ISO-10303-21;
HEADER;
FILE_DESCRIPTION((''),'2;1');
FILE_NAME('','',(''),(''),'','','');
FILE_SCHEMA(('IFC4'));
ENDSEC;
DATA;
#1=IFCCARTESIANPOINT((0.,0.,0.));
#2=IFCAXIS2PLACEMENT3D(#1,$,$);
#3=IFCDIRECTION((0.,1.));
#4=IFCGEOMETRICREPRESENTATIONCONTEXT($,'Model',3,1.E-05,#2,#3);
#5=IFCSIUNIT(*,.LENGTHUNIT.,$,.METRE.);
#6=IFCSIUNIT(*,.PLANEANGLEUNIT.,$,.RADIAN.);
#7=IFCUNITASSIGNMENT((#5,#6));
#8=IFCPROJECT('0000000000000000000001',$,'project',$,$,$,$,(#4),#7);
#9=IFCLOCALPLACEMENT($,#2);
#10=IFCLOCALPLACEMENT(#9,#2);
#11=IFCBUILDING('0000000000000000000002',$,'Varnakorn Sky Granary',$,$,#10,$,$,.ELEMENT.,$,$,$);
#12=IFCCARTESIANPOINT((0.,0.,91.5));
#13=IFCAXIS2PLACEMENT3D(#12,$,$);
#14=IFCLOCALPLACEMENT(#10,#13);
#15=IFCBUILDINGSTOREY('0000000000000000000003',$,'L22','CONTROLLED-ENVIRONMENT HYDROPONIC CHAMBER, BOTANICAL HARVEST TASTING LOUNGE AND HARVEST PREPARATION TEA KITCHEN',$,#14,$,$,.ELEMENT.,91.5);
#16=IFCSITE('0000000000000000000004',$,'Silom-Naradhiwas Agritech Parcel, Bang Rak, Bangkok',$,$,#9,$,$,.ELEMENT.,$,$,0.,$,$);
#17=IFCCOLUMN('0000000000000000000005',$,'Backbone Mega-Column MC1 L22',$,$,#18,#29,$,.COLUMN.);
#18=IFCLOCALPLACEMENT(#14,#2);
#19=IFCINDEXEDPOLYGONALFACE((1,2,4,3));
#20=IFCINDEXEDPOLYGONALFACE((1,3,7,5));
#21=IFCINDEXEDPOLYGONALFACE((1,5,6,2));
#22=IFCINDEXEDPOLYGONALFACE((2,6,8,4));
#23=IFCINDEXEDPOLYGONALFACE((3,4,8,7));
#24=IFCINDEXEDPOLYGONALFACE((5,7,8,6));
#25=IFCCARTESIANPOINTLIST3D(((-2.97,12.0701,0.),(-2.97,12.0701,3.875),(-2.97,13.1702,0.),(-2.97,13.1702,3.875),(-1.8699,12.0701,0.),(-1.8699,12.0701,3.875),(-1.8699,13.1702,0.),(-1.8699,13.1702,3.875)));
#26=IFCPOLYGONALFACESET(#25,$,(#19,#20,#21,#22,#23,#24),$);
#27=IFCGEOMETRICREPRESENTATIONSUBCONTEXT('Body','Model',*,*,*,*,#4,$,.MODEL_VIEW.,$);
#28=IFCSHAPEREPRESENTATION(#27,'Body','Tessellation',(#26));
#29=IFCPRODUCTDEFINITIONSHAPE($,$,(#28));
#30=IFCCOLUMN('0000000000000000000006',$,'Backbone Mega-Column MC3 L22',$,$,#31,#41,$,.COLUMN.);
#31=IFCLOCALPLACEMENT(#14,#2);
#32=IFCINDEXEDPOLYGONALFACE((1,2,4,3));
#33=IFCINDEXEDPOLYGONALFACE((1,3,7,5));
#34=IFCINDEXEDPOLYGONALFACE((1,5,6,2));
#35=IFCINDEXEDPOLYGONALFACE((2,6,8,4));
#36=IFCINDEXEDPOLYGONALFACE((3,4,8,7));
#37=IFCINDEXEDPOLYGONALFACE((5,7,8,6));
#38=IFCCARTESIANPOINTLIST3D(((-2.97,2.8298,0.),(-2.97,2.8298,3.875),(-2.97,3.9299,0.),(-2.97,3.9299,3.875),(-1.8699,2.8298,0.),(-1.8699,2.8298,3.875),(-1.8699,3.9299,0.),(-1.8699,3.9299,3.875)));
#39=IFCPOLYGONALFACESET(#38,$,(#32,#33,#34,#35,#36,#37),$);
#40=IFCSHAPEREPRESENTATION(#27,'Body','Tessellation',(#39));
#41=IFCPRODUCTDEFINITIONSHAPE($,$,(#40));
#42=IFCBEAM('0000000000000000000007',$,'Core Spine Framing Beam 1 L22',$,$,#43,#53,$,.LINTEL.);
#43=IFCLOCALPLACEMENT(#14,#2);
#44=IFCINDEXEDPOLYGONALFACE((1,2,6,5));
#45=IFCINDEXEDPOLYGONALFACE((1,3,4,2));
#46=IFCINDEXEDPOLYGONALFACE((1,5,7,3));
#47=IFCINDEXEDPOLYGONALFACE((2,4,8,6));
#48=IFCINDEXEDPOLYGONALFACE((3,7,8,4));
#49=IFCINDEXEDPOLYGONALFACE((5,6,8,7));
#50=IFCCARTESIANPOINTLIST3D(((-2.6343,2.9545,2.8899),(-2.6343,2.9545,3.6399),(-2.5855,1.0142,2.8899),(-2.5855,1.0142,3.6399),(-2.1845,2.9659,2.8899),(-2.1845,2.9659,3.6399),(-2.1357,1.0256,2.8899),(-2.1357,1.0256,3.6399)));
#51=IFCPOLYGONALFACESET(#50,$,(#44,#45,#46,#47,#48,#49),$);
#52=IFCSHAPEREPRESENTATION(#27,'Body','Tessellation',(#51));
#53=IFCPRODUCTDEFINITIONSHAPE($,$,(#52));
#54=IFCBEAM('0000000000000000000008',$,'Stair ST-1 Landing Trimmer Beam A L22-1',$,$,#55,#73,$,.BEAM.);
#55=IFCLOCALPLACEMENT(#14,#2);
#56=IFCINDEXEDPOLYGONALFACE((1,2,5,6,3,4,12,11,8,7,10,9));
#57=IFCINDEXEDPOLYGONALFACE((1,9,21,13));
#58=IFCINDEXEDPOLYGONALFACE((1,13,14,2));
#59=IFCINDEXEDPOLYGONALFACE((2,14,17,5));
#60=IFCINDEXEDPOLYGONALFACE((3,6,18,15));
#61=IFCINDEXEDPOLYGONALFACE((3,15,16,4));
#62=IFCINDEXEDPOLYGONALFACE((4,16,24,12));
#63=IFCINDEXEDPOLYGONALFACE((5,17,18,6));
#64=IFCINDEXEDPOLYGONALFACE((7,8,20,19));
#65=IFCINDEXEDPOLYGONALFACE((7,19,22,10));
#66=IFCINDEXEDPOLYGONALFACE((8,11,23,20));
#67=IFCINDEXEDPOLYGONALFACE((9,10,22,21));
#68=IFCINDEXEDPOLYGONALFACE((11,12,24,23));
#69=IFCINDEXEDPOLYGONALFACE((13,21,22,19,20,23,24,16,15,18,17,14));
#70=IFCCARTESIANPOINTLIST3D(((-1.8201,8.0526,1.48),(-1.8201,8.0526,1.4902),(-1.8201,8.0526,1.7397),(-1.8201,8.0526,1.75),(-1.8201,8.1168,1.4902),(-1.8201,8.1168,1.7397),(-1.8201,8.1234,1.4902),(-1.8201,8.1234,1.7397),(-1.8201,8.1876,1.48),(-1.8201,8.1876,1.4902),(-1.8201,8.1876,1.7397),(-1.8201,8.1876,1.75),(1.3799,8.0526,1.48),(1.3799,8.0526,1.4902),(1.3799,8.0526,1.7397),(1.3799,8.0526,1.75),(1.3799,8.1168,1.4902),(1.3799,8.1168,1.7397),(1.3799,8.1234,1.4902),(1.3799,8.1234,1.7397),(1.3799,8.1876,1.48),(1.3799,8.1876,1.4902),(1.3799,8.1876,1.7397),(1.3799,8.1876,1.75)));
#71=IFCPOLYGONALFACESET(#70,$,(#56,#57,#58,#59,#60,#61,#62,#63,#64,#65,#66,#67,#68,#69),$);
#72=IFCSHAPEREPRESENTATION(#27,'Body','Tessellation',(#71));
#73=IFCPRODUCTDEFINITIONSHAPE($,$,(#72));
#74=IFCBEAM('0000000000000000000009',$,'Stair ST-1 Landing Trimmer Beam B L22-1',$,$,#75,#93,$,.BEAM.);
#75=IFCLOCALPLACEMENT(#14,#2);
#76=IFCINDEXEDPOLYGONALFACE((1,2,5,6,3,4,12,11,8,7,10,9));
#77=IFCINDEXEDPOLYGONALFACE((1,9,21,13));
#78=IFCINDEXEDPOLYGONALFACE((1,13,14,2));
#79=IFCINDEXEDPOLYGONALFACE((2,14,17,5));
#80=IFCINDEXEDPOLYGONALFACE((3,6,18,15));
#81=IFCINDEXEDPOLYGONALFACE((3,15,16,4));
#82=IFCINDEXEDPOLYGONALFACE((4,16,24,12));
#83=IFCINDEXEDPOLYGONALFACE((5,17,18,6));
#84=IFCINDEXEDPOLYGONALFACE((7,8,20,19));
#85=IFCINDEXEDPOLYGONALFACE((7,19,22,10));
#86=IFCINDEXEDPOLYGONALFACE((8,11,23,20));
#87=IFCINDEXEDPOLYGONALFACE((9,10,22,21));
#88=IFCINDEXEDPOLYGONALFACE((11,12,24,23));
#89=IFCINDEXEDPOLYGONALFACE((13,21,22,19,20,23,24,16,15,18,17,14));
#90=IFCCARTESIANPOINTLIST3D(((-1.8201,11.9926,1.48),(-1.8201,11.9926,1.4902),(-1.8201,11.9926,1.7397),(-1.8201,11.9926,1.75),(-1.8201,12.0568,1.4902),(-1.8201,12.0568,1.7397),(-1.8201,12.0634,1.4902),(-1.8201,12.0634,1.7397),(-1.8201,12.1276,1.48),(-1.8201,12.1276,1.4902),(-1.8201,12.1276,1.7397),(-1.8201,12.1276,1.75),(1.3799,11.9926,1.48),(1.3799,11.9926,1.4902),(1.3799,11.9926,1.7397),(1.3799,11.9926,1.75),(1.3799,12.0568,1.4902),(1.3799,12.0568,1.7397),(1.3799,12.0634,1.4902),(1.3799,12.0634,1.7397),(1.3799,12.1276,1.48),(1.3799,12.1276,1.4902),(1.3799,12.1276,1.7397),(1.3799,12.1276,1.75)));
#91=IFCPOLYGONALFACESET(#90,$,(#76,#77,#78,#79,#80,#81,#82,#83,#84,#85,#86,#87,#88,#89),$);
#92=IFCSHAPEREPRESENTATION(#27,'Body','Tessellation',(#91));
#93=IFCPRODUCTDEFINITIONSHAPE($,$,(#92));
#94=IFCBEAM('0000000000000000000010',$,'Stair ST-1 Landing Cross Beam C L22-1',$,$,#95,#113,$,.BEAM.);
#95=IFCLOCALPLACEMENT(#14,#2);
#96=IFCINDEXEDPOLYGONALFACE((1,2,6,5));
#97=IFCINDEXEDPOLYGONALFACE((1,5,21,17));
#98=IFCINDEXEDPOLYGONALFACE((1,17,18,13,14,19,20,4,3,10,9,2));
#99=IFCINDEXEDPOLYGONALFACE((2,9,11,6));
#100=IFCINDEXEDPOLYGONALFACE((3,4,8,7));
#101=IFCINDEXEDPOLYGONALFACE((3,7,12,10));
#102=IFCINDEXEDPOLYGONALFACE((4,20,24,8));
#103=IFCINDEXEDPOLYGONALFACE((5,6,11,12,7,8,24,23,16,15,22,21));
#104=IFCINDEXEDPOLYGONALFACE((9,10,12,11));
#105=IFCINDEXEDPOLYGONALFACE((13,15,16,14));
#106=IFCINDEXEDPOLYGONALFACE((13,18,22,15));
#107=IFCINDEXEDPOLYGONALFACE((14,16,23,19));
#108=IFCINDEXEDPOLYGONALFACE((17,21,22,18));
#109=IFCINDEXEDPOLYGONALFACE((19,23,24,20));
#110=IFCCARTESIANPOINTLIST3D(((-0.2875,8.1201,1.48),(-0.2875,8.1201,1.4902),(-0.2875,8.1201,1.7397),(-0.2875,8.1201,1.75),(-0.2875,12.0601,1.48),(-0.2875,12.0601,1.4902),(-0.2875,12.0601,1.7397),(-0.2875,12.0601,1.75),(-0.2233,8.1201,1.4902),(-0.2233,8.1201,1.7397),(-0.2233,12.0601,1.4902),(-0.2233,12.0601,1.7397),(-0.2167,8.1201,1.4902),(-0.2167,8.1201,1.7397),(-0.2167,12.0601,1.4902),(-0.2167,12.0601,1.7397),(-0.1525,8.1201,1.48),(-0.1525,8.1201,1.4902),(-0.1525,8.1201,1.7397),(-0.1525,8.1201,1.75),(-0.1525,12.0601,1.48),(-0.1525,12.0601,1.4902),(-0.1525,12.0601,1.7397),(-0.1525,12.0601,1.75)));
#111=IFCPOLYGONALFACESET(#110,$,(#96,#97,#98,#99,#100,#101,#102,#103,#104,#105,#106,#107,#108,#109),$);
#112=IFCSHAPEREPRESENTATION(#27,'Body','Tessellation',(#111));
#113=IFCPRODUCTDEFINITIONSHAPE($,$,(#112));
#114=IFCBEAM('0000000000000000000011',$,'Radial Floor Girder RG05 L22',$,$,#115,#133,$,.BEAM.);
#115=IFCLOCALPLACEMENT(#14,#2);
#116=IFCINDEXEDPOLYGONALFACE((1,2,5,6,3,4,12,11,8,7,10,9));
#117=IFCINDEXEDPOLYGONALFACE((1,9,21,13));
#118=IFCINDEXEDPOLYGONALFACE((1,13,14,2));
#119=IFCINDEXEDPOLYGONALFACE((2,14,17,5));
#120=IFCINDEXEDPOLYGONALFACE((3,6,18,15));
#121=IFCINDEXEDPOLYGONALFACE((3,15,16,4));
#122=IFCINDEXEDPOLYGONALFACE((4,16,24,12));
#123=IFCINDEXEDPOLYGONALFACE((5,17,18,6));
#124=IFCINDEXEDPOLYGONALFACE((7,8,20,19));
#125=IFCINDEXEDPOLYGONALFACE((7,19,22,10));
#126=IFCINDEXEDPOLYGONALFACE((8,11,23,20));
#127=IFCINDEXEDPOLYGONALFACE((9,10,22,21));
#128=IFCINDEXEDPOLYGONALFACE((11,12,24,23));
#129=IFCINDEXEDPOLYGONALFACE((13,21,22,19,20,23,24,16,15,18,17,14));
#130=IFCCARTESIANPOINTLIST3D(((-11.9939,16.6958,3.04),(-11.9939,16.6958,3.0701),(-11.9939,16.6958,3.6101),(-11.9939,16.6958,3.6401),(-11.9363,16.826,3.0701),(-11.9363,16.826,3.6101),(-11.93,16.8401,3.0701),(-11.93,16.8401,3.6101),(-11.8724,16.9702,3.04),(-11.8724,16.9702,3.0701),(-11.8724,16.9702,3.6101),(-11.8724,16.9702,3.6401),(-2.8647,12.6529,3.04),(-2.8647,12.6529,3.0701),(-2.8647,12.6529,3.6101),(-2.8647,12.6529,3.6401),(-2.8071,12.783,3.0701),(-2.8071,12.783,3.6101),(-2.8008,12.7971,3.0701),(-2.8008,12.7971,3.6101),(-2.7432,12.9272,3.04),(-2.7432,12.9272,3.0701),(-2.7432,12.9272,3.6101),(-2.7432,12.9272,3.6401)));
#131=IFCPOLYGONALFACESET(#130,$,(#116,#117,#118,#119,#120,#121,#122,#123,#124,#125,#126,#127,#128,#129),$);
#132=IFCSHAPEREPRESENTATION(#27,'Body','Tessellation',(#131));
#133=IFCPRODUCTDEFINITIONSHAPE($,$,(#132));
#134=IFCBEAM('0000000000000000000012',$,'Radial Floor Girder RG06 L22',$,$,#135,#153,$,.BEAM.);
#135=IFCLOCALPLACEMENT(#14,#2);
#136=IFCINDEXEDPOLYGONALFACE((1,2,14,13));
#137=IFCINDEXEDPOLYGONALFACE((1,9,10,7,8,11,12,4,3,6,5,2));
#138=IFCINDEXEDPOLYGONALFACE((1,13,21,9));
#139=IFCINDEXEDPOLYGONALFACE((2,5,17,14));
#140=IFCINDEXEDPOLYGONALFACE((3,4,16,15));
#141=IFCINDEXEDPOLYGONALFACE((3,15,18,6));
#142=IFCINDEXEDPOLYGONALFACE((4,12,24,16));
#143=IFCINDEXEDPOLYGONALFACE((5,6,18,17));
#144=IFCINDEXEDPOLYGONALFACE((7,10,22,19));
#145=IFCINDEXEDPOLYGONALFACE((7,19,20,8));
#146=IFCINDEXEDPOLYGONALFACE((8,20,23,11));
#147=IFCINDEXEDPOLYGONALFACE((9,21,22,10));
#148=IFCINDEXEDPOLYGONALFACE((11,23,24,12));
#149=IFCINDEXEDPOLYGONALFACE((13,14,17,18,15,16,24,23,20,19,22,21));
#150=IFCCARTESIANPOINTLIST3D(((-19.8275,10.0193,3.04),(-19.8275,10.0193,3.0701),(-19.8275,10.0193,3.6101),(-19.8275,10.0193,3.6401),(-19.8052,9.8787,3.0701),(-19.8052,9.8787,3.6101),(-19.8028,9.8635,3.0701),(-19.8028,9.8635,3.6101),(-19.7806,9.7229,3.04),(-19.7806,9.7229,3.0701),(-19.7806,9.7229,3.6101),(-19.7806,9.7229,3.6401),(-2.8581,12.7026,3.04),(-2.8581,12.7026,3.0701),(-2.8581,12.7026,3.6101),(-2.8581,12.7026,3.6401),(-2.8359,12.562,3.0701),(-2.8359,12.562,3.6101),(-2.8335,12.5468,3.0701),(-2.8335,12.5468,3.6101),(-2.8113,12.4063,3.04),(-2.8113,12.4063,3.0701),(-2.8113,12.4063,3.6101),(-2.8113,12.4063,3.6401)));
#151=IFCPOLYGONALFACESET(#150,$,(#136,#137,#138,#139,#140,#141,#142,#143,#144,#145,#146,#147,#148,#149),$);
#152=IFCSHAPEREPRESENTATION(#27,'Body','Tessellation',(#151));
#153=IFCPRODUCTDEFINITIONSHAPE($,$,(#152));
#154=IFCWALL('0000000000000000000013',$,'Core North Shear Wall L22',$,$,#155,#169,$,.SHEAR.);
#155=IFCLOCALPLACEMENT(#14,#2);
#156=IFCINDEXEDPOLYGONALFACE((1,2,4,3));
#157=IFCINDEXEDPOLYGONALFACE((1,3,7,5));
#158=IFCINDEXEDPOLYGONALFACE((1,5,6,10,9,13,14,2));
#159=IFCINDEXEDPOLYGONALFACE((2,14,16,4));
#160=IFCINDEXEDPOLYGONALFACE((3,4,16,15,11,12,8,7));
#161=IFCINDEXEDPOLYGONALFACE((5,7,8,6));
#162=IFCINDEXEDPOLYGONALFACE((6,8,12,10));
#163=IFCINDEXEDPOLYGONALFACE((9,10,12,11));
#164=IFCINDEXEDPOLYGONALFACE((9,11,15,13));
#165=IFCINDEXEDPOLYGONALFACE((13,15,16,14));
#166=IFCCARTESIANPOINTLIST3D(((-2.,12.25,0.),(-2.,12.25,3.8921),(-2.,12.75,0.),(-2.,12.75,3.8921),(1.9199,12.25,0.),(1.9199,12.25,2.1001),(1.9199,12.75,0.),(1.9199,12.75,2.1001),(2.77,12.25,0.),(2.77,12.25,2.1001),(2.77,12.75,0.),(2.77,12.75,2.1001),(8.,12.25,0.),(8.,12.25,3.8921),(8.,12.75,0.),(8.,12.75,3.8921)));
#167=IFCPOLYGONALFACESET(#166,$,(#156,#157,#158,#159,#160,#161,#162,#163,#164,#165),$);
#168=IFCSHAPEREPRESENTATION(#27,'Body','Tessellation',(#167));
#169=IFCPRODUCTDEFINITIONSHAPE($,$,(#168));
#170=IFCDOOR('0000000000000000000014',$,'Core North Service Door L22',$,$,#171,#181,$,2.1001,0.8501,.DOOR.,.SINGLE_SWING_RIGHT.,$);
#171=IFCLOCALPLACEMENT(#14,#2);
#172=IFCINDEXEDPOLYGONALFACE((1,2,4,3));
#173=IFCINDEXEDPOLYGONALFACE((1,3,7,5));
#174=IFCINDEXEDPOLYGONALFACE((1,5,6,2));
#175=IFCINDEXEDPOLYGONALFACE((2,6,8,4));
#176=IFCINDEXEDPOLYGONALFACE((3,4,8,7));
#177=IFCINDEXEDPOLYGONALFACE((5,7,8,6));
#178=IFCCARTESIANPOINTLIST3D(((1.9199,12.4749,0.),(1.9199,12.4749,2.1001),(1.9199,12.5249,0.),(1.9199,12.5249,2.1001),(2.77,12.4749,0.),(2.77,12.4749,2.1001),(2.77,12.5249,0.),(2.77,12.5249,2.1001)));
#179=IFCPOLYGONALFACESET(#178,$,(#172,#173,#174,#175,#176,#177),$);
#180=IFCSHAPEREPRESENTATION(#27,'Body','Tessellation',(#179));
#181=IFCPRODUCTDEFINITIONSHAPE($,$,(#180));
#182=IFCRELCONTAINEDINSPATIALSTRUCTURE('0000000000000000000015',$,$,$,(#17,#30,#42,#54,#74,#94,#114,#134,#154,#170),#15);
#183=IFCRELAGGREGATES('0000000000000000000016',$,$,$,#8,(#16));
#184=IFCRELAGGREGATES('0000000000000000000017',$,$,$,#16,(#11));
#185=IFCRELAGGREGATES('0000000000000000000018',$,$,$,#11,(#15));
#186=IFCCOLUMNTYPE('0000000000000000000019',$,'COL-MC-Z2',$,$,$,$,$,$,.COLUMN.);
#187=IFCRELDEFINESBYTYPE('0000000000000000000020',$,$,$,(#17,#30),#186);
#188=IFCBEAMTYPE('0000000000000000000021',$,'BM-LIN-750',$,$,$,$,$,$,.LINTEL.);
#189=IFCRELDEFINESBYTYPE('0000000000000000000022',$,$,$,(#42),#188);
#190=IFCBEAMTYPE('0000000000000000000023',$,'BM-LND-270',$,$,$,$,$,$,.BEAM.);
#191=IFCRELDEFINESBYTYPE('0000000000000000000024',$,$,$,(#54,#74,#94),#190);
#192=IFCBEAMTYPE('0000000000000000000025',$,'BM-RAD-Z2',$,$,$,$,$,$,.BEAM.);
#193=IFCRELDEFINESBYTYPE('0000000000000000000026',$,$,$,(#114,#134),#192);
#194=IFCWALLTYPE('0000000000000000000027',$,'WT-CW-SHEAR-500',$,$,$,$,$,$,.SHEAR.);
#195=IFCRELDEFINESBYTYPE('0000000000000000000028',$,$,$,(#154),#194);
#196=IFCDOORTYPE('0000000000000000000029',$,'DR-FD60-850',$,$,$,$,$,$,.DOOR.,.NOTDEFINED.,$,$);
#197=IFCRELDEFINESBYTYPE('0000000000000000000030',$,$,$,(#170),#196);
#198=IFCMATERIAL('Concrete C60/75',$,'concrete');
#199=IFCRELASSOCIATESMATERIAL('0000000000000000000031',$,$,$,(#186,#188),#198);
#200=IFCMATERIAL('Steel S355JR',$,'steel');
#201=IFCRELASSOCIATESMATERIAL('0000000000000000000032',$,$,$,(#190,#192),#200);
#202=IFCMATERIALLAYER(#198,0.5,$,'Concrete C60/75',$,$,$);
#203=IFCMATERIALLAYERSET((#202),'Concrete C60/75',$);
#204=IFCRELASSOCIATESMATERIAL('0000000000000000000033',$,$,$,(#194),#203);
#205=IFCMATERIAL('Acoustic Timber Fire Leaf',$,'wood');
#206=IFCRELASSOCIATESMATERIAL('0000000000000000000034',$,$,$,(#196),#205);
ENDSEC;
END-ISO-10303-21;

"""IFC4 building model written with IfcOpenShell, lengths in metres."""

from ifc_helpers import new_model, si_unit, direction, frame, frame_2d, origin, origin_2d, place, context, subcontext, project, spatial, rectangle, i_section, extrude, material, layer, layer_set, material_profile, profile_set, type_object, element, fill, save


model = new_model("IFC4")

# Units and contexts
model_context = context("Model", 3, precision=1e-05, world=origin(), true_north=direction((0.0, 1.0)))
body_context = subcontext(model_context, "Body", "Model", "MODEL_VIEW")
ifc_project = project(units=[si_unit("LENGTHUNIT", "METRE"), si_unit("PLANEANGLEUNIT", "RADIAN")], contexts=[model_context])

# Site, building, storey
site_placement = place(None, origin())
site = spatial("IfcSite", under=ifc_project, at=site_placement, Name="Silom-Naradhiwas Agritech Parcel, Bang Rak, Bangkok", CompositionType="ELEMENT", RefElevation=0.0)
building_placement = place(site_placement, origin())
building = spatial("IfcBuilding", under=site, at=building_placement, Name="Varnakorn Sky Granary", CompositionType="ELEMENT")
storey_placement = place(building_placement, frame((0.0, 0.0, 91.5)))
storey = spatial("IfcBuildingStorey", under=building, at=storey_placement, Name="L22", Description="CONTROLLED-ENVIRONMENT HYDROPONIC CHAMBER, BOTANICAL HARVEST TASTING LOUNGE AND HARVEST PREPARATION TEA KITCHEN", CompositionType="ELEMENT", Elevation=91.5)

# Columns
ifc_material_1 = material(Name="Concrete C60/75", Category="concrete")
ifc_material_profile_1 = material_profile(ifc_material_1, rectangle(XDim=1.1001, YDim=1.1001, at=origin_2d()), Name="RC 1100x1100")
ifc_profile_set_1 = profile_set([ifc_material_profile_1], Name="Concrete C60/75")
column_type = type_object("IfcColumnType", Name="COL-MC-Z2", PredefinedType="COLUMN", material=ifc_profile_set_1)
for number, where, z_axis, x_axis, name in (
    (1, (-2.4199, 12.6201, 0.0), (0.0, 0.0, 1.0), (1.0, 0.0, 0.0), "Backbone Mega-Column MC1 L22"),
    (2, (-2.4199, 3.3799, 0.0), (0.0, 0.0, 1.0), (1.0, 0.0, 0.0), "Backbone Mega-Column MC3 L22"),
):
    element("IfcColumn", number, at=place(storey_placement, frame(where, z_axis=z_axis, x_axis=x_axis)), inside=storey, type_object=column_type, Name=name, PredefinedType="COLUMN", context=body_context, shape_type="SweptSolid", body=[
        extrude(rectangle(XDim=1.1001, YDim=1.1001, at=origin_2d()), origin(), (0.0, 0.0, 1.0), 3.875),
    ])

# Beams
ifc_material_profile_2 = material_profile(ifc_material_1, rectangle(XDim=0.45, YDim=0.75, at=origin_2d()), Name="RC 450x750")
ifc_profile_set_2 = profile_set([ifc_material_profile_2], Name="Concrete C60/75")
beam_type_1 = type_object("IfcBeamType", Name="BM-LIN-750", PredefinedType="LINTEL", material=ifc_profile_set_2)
beam_1_placement = place(storey_placement, frame((-2.4094, 2.9602, 3.2649), z_axis=(0.025159, -0.999683, 0.0), x_axis=(0.999683, 0.025159, 0.0)))
element("IfcBeam", 3, at=beam_1_placement, inside=storey, type_object=beam_type_1, Name="Core Spine Framing Beam 1 L22", PredefinedType="LINTEL", context=body_context, shape_type="SweptSolid", body=[
    extrude(rectangle(XDim=0.45, YDim=0.75, at=origin_2d()), origin(), (0.0, 0.0, 1.0), 1.9409),
])
ifc_material_2 = material(Name="Steel S355JR", Category="steel")
ifc_material_profile_3 = material_profile(ifc_material_2, i_section(OverallWidth=0.135, OverallDepth=0.27, WebThickness=0.0066, FlangeThickness=0.0103, at=origin_2d()), Name="IPE 270")
ifc_profile_set_3 = profile_set([ifc_material_profile_3], Name="Steel S355JR")
beam_type_2 = type_object("IfcBeamType", Name="BM-LND-270", PredefinedType="BEAM", material=ifc_profile_set_3)
for number, where, z_axis, x_axis, name in (
    (4, (-1.8201, 8.1201, 1.615), (1.0, 0.0, 0.0), (0.0, 1.0, 0.0), "Stair ST-1 Landing Trimmer Beam A L22-1"),
    (5, (-1.8201, 12.0601, 1.615), (1.0, 0.0, 0.0), (0.0, 1.0, 0.0), "Stair ST-1 Landing Trimmer Beam B L22-1"),
):
    element("IfcBeam", number, at=place(storey_placement, frame(where, z_axis=z_axis, x_axis=x_axis)), inside=storey, type_object=beam_type_2, Name=name, PredefinedType="BEAM", context=body_context, shape_type="SweptSolid", body=[
        extrude(i_section(OverallWidth=0.135, OverallDepth=0.27, WebThickness=0.0066, FlangeThickness=0.0103, at=origin_2d()), origin(), (0.0, 0.0, 1.0), 3.2),
    ])
beam_2_placement = place(storey_placement, frame((-0.22, 8.1201, 1.615), z_axis=(0.0, 1.0, 0.0), x_axis=(-1.0, 0.0, 0.0)))
element("IfcBeam", 6, at=beam_2_placement, inside=storey, type_object=beam_type_2, Name="Stair ST-1 Landing Cross Beam C L22-1", PredefinedType="BEAM", context=body_context, shape_type="SweptSolid", body=[
    extrude(i_section(OverallWidth=0.135, OverallDepth=0.27, WebThickness=0.0066, FlangeThickness=0.0103, at=origin_2d()), origin(), (0.0, 0.0, 1.0), 3.9399),
])
ifc_material_profile_4 = material_profile(ifc_material_2, i_section(OverallWidth=0.3, OverallDepth=0.6001, WebThickness=0.0154, FlangeThickness=0.03, at=origin_2d()), Name="HE 600 B")
ifc_profile_set_4 = profile_set([ifc_material_profile_4], Name="Steel S355JR")
beam_type_3 = type_object("IfcBeamType", Name="BM-RAD-Z2", PredefinedType="BEAM", material=ifc_profile_set_4)
beam_3_placement = place(storey_placement, frame((-2.804, 12.79, 3.3401), z_axis=(-0.914347, 0.404931, 0.0), x_axis=(-0.404931, -0.914347, 0.0)))
element("IfcBeam", 7, at=beam_3_placement, inside=storey, type_object=beam_type_3, Name="Radial Floor Girder RG05 L22", PredefinedType="BEAM", context=body_context, shape_type="SweptSolid", body=[
    extrude(i_section(OverallWidth=0.3, OverallDepth=0.6001, WebThickness=0.0154, FlangeThickness=0.03, at=origin_2d()), origin(), (0.0, 0.0, 1.0), 9.9844),
])
beam_4_placement = place(storey_placement, frame((-2.8347, 12.5544, 3.3401), z_axis=(-0.987727, -0.15619, 0.0), x_axis=(0.15619, -0.987727, 0.0)))
element("IfcBeam", 8, at=beam_4_placement, inside=storey, type_object=beam_type_3, Name="Radial Floor Girder RG06 L22", PredefinedType="BEAM", context=body_context, shape_type="SweptSolid", body=[
    extrude(i_section(OverallWidth=0.3, OverallDepth=0.6001, WebThickness=0.0154, FlangeThickness=0.03, at=origin_2d()), origin(), (0.0, 0.0, 1.0), 17.1802),
])

# Shared definitions
ifc_layer_1 = layer(ifc_material_1, 0.5, Name="Concrete C60/75")
ifc_layer_set_1 = layer_set([ifc_layer_1], Name="Concrete C60/75")
wall_type_1 = type_object("IfcWallType", Name="WT-CW-SHEAR-500", PredefinedType="SHEAR", material=ifc_layer_set_1)

# Wall, opening, door
wall_1_placement = place(storey_placement, frame((-2.0, 12.5, 0.0), z_axis=(0.0, 0.0, 1.0), x_axis=(1.0, 0.0, 0.0)))
wall_1 = element("IfcWall", 9, at=wall_1_placement, inside=storey, type_object=wall_type_1, Name="Core North Shear Wall L22", PredefinedType="SHEAR", context=body_context, shape_type="SweptSolid", body=[
    extrude(rectangle(XDim=10.0, YDim=0.5, at=frame_2d((5.0, 0.0))), origin(), (0.0, 0.0, 1.0), 3.8921),
])
opening_1_placement = place(wall_1_placement, frame((3.9199, 0.0, 0.0)))
opening_1 = element("IfcOpeningElement", 10, at=opening_1_placement, cuts=wall_1, PredefinedType="OPENING", context=body_context, shape_type="SweptSolid", body=[
    extrude(rectangle(XDim=0.8501, YDim=2.1001, at=frame_2d((0.425, 1.05))), frame((0.0, 0.26, 0.0), z_axis=(0.0, -1.0, 0.0), x_axis=(1.0, 0.0, 0.0)), (0.0, 0.0, 1.0), 0.52),
])
ifc_material_3 = material(Name="Acoustic Timber Fire Leaf", Category="wood")
door_type_1 = type_object("IfcDoorType", Name="DR-FD60-850", OperationType="NOTDEFINED", PredefinedType="DOOR", material=ifc_material_3)
door_1_placement = place(opening_1_placement, origin())
door_1 = element("IfcDoor", 11, at=door_1_placement, inside=storey, type_object=door_type_1, Name="Core North Service Door L22", OperationType="SINGLE_SWING_RIGHT", OverallHeight=2.1001, OverallWidth=0.8501, PredefinedType="DOOR", context=body_context, shape_type="SweptSolid", body=[
    extrude(rectangle(XDim=0.8501, YDim=2.1001, at=frame_2d((0.425, 1.05))), frame((0.0, 0.0249, 0.0), z_axis=(0.0, -1.0, 0.0), x_axis=(1.0, 0.0, 0.0)), (0.0, 0.0, 1.0), 0.05),
])
fill(opening_1, door_1)

save(model, "model.ifc")
